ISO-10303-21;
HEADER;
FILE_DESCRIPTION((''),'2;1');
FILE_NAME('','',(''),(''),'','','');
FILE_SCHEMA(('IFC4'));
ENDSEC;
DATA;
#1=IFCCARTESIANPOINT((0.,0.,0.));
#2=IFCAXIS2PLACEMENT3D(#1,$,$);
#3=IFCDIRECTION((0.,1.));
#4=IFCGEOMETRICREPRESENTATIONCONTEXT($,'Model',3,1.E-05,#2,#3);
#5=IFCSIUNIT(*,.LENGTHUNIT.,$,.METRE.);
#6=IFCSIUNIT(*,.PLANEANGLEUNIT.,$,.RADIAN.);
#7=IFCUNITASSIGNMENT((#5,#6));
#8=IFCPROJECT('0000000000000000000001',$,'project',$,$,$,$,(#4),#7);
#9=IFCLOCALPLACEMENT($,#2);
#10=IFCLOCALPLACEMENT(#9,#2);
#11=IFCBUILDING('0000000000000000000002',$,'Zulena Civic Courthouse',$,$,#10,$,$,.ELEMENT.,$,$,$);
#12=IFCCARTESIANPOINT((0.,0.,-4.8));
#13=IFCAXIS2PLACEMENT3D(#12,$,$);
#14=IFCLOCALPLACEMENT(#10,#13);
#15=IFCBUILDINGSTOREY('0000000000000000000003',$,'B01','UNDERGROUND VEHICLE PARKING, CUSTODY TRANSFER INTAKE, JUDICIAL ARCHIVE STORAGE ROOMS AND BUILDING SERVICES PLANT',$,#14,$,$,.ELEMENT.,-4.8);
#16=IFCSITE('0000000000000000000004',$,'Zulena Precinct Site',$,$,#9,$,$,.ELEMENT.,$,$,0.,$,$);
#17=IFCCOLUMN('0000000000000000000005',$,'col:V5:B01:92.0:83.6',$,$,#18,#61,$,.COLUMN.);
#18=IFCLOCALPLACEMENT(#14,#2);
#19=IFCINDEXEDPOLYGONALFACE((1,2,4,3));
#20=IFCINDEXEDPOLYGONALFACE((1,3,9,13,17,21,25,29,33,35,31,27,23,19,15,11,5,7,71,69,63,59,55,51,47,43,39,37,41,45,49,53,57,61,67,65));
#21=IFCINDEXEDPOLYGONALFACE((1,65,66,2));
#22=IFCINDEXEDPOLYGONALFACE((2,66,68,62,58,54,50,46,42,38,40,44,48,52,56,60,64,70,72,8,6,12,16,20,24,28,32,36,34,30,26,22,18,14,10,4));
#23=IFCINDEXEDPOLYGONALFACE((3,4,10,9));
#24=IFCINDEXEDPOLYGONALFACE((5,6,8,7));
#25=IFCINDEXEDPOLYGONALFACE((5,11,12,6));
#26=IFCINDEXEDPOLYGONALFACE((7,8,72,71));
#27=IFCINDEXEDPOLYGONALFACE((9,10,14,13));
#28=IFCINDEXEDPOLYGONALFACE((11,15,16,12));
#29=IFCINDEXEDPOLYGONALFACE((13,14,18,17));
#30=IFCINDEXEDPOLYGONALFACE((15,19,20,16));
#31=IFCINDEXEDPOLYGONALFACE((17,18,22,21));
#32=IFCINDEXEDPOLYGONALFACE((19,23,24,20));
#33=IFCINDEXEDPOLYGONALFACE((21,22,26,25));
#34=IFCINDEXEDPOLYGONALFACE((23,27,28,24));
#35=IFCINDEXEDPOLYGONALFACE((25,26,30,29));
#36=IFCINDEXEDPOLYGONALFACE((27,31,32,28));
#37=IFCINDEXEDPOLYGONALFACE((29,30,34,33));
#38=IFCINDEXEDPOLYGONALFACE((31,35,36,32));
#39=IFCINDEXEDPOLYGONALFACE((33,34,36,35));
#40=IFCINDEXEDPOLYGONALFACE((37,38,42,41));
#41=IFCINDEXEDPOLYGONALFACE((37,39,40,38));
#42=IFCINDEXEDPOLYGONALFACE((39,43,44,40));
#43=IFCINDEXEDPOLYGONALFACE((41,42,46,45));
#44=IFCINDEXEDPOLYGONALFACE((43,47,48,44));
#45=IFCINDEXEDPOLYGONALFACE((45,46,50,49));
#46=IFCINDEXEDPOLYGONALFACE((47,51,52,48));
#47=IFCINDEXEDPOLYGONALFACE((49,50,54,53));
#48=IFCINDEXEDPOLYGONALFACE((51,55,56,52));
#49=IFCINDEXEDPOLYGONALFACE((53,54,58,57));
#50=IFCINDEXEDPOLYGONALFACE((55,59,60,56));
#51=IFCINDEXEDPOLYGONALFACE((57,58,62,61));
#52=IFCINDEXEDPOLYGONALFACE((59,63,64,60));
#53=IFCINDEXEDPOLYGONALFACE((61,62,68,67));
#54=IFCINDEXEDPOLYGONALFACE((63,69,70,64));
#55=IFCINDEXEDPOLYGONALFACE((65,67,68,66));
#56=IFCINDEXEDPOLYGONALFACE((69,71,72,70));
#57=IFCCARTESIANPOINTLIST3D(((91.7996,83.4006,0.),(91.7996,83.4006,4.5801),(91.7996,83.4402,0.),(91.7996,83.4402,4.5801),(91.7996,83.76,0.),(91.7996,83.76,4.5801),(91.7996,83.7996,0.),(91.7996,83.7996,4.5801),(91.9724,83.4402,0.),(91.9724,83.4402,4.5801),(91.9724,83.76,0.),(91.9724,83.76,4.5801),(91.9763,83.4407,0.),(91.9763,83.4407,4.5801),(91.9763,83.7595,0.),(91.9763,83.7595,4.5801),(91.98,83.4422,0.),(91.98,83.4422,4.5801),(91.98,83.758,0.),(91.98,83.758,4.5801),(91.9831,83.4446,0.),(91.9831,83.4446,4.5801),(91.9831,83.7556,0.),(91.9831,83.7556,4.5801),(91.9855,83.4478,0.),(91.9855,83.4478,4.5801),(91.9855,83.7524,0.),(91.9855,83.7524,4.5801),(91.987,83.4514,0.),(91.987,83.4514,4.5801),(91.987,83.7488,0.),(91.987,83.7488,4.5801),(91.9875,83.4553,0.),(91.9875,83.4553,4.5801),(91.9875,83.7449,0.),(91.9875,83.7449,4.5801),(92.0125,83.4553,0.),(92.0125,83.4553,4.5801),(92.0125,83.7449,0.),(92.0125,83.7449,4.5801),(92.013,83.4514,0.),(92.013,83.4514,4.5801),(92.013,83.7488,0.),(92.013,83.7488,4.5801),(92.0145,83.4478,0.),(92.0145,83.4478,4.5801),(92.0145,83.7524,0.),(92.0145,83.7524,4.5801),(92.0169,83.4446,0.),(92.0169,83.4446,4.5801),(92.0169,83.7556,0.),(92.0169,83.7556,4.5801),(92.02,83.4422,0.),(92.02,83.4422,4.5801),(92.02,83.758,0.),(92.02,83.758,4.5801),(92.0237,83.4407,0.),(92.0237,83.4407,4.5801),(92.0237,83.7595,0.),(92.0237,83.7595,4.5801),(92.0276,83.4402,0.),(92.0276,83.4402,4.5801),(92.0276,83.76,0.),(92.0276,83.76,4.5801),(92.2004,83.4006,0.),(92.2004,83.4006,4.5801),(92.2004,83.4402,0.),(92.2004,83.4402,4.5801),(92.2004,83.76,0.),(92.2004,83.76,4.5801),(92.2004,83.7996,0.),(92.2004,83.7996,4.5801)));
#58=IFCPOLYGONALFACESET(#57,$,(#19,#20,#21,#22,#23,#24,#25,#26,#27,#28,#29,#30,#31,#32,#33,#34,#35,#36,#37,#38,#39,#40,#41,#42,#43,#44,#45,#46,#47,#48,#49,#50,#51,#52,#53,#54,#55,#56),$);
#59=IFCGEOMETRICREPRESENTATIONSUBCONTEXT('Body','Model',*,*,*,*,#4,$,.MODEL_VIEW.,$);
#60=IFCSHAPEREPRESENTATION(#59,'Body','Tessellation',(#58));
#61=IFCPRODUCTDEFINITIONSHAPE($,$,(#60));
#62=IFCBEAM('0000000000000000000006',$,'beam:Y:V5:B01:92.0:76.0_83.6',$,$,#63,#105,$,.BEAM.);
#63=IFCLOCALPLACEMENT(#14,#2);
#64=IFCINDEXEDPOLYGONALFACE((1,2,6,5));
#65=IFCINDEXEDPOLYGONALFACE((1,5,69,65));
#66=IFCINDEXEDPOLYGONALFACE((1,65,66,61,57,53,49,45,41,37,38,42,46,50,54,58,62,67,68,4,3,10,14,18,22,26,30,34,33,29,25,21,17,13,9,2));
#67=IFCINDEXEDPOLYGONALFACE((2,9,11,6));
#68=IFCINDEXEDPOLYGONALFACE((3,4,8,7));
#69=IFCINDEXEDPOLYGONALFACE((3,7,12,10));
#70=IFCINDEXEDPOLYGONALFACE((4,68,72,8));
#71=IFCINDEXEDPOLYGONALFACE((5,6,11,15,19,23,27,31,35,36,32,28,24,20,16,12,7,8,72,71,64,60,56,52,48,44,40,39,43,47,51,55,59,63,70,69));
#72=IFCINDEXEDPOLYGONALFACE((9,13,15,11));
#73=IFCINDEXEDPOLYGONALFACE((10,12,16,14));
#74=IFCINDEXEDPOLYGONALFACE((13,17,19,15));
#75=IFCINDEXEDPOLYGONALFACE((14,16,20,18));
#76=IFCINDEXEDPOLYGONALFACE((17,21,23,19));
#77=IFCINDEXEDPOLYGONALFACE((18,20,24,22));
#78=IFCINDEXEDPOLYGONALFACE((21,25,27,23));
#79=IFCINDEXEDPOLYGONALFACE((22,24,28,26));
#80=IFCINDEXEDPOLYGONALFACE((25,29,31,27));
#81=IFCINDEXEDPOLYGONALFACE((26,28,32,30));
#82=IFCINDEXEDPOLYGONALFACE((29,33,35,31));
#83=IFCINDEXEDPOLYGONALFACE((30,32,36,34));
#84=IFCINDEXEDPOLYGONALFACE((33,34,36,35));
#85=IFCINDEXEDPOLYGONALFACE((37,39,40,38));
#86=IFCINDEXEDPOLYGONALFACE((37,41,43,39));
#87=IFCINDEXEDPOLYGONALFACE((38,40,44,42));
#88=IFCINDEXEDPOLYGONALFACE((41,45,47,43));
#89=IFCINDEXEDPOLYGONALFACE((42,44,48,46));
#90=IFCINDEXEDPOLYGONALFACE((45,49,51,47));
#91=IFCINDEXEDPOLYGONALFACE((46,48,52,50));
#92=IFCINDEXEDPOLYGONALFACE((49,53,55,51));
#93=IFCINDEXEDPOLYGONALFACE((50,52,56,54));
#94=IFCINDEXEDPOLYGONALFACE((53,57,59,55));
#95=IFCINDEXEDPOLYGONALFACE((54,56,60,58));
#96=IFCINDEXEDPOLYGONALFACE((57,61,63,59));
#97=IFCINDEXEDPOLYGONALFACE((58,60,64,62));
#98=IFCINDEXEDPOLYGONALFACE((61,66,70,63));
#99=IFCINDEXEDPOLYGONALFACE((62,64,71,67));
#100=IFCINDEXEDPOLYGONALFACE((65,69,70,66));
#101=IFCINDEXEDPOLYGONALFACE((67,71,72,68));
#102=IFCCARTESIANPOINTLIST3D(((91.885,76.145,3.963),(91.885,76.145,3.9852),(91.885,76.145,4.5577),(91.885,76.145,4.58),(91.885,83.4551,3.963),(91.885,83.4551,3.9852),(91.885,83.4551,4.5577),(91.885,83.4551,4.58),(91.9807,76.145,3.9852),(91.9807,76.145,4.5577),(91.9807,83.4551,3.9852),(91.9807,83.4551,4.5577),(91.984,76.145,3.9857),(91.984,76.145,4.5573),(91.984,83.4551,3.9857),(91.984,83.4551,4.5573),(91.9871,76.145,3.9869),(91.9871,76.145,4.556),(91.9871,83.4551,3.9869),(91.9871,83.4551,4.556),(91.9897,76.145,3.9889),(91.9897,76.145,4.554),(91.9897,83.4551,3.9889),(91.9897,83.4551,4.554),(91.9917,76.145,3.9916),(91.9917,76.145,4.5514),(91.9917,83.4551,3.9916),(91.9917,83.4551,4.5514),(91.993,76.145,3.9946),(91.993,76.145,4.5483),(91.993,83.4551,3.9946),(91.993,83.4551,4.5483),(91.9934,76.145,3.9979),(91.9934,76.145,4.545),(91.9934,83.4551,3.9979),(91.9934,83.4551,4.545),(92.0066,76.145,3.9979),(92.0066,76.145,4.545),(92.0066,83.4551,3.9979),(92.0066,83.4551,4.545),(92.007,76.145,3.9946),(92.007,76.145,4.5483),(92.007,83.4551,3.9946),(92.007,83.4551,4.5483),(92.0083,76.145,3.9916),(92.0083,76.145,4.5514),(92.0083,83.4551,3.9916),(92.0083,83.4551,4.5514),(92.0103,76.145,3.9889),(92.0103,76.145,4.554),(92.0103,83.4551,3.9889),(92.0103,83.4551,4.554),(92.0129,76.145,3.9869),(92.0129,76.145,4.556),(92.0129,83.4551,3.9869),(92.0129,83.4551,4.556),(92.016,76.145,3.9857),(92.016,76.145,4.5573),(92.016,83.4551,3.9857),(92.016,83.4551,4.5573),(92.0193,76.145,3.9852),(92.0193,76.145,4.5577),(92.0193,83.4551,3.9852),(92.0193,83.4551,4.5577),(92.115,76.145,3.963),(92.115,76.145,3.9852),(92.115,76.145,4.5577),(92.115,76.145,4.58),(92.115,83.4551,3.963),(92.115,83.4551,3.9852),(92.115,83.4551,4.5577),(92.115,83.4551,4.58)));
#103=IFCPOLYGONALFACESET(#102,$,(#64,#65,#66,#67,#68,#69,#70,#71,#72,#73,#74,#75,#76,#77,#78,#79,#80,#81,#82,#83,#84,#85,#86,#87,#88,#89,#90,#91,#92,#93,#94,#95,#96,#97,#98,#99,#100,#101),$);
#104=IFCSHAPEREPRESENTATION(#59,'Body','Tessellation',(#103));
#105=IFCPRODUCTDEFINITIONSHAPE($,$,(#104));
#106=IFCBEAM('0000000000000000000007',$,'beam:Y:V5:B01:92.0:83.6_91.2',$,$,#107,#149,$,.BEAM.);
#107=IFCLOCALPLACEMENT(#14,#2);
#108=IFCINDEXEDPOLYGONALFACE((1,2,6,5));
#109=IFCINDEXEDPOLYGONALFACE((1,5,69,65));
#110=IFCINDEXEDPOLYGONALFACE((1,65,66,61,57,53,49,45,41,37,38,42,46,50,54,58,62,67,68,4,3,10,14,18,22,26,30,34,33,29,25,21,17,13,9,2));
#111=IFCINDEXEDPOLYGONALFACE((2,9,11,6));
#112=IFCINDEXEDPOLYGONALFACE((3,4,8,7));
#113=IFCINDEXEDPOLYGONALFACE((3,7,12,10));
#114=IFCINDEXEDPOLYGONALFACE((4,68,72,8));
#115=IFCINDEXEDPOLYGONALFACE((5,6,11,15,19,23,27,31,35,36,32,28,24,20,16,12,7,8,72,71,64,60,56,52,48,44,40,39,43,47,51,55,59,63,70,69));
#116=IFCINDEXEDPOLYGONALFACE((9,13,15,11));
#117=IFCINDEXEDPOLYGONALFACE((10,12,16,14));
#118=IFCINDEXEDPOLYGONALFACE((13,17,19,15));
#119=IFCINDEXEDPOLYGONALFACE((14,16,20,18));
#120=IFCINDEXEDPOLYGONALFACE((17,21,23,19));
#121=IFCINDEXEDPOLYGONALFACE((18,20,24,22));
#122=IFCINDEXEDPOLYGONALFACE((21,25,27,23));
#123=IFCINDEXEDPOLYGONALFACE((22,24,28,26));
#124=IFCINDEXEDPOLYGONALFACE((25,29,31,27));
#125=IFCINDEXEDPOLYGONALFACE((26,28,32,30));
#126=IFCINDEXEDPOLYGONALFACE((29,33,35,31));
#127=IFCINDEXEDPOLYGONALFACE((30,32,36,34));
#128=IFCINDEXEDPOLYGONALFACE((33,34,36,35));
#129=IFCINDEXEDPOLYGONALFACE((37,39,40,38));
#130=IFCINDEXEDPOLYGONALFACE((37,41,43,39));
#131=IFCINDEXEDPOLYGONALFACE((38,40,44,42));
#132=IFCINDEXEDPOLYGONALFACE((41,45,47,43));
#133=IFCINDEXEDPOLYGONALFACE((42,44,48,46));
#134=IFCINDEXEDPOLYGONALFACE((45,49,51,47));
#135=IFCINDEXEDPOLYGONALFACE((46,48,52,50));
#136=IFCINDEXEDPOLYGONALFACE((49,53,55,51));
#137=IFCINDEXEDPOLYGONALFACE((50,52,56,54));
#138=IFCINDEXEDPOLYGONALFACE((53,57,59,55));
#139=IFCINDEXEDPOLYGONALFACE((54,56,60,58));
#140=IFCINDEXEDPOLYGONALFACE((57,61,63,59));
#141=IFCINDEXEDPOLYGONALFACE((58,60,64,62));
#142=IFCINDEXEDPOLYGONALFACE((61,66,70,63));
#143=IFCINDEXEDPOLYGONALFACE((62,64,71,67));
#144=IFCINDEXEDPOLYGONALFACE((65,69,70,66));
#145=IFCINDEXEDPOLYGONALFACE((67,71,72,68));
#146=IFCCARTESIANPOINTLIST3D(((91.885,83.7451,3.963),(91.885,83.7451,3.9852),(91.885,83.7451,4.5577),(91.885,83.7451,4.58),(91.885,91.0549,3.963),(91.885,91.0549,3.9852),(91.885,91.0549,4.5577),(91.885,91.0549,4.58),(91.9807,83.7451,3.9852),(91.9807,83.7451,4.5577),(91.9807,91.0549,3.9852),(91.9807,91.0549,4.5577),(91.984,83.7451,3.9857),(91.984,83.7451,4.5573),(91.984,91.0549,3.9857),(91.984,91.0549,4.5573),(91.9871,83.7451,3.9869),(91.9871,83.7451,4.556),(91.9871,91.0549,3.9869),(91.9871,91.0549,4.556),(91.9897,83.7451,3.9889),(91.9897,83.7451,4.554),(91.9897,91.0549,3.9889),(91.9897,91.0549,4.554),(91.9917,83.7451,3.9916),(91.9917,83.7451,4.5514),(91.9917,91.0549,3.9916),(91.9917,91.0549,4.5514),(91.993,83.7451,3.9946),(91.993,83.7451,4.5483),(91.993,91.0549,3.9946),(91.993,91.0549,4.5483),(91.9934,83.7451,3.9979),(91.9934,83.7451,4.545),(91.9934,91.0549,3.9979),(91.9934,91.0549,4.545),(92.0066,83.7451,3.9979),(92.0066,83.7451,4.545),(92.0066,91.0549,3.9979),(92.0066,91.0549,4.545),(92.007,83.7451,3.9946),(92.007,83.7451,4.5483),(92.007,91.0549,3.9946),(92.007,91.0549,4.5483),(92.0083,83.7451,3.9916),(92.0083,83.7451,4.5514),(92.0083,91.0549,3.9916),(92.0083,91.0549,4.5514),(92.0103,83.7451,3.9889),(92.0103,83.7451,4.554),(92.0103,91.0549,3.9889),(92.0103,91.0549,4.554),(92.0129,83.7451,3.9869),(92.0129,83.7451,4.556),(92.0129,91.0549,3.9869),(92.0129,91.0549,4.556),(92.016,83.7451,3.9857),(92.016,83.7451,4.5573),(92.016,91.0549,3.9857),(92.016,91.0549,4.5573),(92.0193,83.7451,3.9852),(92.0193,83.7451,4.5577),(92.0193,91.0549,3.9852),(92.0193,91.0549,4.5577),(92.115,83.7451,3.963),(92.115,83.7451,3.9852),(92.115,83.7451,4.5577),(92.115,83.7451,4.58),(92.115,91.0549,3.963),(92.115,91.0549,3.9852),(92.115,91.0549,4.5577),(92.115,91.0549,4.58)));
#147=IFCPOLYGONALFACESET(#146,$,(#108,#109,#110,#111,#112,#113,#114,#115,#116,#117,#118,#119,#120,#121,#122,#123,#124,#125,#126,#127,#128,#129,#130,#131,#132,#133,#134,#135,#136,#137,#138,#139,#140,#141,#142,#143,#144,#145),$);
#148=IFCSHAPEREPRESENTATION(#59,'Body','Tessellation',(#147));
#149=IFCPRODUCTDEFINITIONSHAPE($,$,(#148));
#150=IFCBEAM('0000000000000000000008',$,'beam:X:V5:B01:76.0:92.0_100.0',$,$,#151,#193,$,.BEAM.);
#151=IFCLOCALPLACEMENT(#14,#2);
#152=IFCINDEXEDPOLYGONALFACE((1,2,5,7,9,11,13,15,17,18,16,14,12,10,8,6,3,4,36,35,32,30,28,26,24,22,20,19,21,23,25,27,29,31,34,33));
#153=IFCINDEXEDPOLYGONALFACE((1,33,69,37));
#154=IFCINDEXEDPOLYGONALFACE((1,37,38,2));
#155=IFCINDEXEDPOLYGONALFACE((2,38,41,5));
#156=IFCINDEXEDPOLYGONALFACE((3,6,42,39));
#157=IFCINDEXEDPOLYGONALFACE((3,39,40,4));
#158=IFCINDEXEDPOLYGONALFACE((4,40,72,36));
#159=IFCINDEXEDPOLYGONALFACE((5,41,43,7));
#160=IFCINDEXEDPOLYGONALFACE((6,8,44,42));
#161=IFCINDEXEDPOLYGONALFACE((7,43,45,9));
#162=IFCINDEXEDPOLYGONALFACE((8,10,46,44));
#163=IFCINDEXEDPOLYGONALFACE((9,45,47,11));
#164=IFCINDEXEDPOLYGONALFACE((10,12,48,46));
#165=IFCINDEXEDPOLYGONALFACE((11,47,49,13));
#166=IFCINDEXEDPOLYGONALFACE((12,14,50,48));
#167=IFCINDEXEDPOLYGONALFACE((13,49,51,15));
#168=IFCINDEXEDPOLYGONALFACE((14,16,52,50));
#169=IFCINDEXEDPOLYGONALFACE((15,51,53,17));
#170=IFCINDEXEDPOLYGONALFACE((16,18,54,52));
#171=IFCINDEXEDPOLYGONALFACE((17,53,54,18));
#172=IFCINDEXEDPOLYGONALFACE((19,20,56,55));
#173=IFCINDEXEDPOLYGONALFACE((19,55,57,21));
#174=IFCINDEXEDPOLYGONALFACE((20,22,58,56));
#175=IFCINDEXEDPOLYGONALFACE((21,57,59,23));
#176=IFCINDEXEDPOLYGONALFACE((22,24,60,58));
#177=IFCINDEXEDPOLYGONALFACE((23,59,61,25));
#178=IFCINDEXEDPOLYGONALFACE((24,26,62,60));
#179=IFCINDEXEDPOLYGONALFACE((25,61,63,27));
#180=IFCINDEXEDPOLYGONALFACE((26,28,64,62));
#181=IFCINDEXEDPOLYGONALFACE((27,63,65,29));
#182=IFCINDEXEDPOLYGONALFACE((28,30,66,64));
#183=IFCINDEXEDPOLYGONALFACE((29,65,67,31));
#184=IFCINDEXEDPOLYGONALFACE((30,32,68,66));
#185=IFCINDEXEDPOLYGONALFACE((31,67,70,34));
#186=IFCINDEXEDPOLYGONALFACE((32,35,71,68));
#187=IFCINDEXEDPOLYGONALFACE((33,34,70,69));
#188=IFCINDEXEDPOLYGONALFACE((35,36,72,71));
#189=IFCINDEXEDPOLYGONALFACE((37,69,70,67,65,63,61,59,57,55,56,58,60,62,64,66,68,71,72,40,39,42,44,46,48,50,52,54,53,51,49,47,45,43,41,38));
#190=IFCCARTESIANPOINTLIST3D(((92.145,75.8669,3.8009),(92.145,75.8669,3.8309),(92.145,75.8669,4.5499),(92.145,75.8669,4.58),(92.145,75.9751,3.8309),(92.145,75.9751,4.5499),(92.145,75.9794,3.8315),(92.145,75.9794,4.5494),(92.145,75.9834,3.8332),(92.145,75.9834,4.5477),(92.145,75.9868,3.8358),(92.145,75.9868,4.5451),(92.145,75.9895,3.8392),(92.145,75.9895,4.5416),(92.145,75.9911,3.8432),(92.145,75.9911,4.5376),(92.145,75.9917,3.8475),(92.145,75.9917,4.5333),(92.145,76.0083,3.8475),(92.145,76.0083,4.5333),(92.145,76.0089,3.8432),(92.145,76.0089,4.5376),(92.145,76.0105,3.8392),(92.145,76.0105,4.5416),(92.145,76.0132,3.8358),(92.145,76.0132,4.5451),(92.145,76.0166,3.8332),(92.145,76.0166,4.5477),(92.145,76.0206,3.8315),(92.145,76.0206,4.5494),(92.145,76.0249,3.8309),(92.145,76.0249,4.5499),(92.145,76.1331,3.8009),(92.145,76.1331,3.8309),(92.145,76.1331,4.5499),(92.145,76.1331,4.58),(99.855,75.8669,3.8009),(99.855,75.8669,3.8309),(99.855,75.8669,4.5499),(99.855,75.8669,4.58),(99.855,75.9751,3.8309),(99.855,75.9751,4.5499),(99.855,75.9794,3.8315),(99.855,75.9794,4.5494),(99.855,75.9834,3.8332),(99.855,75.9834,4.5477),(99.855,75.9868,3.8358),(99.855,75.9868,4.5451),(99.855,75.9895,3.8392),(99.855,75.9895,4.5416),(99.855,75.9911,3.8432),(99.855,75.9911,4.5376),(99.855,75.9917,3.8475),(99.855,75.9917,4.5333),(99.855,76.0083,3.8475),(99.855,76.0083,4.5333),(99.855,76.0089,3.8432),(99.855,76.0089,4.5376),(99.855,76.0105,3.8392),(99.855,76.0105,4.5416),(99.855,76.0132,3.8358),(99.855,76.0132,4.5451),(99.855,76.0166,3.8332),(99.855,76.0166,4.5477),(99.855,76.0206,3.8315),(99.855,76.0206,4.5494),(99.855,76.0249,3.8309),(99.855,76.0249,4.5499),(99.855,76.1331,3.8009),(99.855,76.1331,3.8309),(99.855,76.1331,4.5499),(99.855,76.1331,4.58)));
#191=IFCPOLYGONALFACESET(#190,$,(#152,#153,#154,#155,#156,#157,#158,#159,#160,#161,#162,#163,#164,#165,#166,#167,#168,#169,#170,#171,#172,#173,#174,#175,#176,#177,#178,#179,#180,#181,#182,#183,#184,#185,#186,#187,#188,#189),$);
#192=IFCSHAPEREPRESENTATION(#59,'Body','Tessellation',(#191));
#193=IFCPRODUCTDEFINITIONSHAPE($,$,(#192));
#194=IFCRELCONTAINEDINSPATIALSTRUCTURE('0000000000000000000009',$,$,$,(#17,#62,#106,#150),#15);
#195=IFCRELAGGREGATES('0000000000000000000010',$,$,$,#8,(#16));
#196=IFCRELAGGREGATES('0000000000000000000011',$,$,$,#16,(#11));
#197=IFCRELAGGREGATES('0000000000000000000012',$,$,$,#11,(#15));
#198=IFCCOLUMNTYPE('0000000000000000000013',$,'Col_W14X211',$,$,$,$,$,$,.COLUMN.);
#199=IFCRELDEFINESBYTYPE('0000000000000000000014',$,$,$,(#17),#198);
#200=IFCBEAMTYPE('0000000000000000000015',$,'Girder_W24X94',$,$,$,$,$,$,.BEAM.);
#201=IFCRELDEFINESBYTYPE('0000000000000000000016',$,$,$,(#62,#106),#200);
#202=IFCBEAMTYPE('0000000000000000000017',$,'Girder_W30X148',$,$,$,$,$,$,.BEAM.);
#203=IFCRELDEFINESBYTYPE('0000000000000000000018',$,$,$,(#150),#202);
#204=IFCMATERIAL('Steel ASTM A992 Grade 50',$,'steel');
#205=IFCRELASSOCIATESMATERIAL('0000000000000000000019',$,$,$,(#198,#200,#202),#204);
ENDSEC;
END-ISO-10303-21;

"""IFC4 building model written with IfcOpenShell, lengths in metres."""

from ifc_helpers import new_model, si_unit, direction, frame, origin, origin_2d, place, context, subcontext, project, spatial, i_section, extrude, material, material_profile, profile_set, type_object, element, save


model = new_model("IFC4")

# Units and contexts
model_context = context("Model", 3, precision=1e-05, world=origin(), true_north=direction((0.0, 1.0)))
body_context = subcontext(model_context, "Body", "Model", "MODEL_VIEW")
ifc_project = project(units=[si_unit("LENGTHUNIT", "METRE"), si_unit("PLANEANGLEUNIT", "RADIAN")], contexts=[model_context])

# Site, building, storey
site_placement = place(None, origin())
site = spatial("IfcSite", under=ifc_project, at=site_placement, Name="Zulena Precinct Site", CompositionType="ELEMENT", RefElevation=0.0)
building_placement = place(site_placement, origin())
building = spatial("IfcBuilding", under=site, at=building_placement, Name="Zulena Civic Courthouse", CompositionType="ELEMENT")
storey_placement = place(building_placement, frame((0.0, 0.0, -4.8)))
storey = spatial("IfcBuildingStorey", under=building, at=storey_placement, Name="B01", Description="UNDERGROUND VEHICLE PARKING, CUSTODY TRANSFER INTAKE, JUDICIAL ARCHIVE STORAGE ROOMS AND BUILDING SERVICES PLANT", CompositionType="ELEMENT", Elevation=-4.8)

# Column
ifc_material_1 = material(Name="Steel ASTM A992 Grade 50", Category="steel")
ifc_material_profile_1 = material_profile(ifc_material_1, i_section(OverallWidth=0.4009, OverallDepth=0.3989, WebThickness=0.0249, FlangeThickness=0.0396, FilletRadius=0.0151, at=origin_2d()), Name="W14X211")
ifc_profile_set_1 = profile_set([ifc_material_profile_1], Name="Steel ASTM A992 Grade 50")
column_type = type_object("IfcColumnType", Name="Col_W14X211", PredefinedType="COLUMN", material=ifc_profile_set_1)
column_placement = place(storey_placement, frame((92.0, 83.6001, 0.0), z_axis=(0.0, 0.0, 1.0), x_axis=(1.0, 0.0, 0.0)))
element("IfcColumn", 1, at=column_placement, inside=storey, type_object=column_type, Name="col:V5:B01:92.0:83.6", PredefinedType="COLUMN", context=body_context, shape_type="SweptSolid", body=[
    extrude(i_section(OverallWidth=0.4009, OverallDepth=0.3989, WebThickness=0.0249, FlangeThickness=0.0396, FilletRadius=0.0151, at=origin_2d()), origin(), (0.0, 0.0, 1.0), 4.5801),
])

# Beams
ifc_material_profile_2 = material_profile(ifc_material_1, i_section(OverallWidth=0.23, OverallDepth=0.6169, WebThickness=0.0132, FlangeThickness=0.0222, FilletRadius=0.0127, at=origin_2d()), Name="W24X94")
ifc_profile_set_2 = profile_set([ifc_material_profile_2], Name="Steel ASTM A992 Grade 50")
beam_type_1 = type_object("IfcBeamType", Name="Girder_W24X94", PredefinedType="BEAM", material=ifc_profile_set_2)
beam_1_placement = place(storey_placement, frame((92.0, 76.145, 4.2715), z_axis=(0.0, 1.0, 0.0), x_axis=(-1.0, 0.0, 0.0)))
element("IfcBeam", 2, at=beam_1_placement, inside=storey, type_object=beam_type_1, Name="beam:Y:V5:B01:92.0:76.0_83.6", PredefinedType="BEAM", context=body_context, shape_type="SweptSolid", body=[
    extrude(i_section(OverallWidth=0.23, OverallDepth=0.6169, WebThickness=0.0132, FlangeThickness=0.0222, FilletRadius=0.0127, at=origin_2d()), origin(), (0.0, 0.0, 1.0), 7.3101),
])
beam_2_placement = place(storey_placement, frame((92.0, 83.7451, 4.2715), z_axis=(0.0, 1.0, 0.0), x_axis=(-1.0, 0.0, 0.0)))
element("IfcBeam", 3, at=beam_2_placement, inside=storey, type_object=beam_type_1, Name="beam:Y:V5:B01:92.0:83.6_91.2", PredefinedType="BEAM", context=body_context, shape_type="SweptSolid", body=[
    extrude(i_section(OverallWidth=0.23, OverallDepth=0.6169, WebThickness=0.0132, FlangeThickness=0.0222, FilletRadius=0.0127, at=origin_2d()), origin(), (0.0, 0.0, 1.0), 7.3098),
])
ifc_material_profile_3 = material_profile(ifc_material_1, i_section(OverallWidth=0.2661, OverallDepth=0.7791, WebThickness=0.0166, FlangeThickness=0.03, FilletRadius=0.0166, at=origin_2d()), Name="W30X148")
ifc_profile_set_3 = profile_set([ifc_material_profile_3], Name="Steel ASTM A992 Grade 50")
beam_type_2 = type_object("IfcBeamType", Name="Girder_W30X148", PredefinedType="BEAM", material=ifc_profile_set_3)
for number, where, z_axis, x_axis, name in (
    (4, (92.145, 76.0, 4.1904), (1.0, 0.0, 0.0), (0.0, 1.0, 0.0), "beam:X:V5:B01:76.0:92.0_100.0"),
):
    element("IfcBeam", number, at=place(storey_placement, frame(where, z_axis=z_axis, x_axis=x_axis)), inside=storey, type_object=beam_type_2, Name=name, PredefinedType="BEAM", context=body_context, shape_type="SweptSolid", body=[
        extrude(i_section(OverallWidth=0.2661, OverallDepth=0.7791, WebThickness=0.0166, FlangeThickness=0.03, FilletRadius=0.0166, at=origin_2d()), origin(), (0.0, 0.0, 1.0), 7.71),
    ])

save(model, "model.ifc")
